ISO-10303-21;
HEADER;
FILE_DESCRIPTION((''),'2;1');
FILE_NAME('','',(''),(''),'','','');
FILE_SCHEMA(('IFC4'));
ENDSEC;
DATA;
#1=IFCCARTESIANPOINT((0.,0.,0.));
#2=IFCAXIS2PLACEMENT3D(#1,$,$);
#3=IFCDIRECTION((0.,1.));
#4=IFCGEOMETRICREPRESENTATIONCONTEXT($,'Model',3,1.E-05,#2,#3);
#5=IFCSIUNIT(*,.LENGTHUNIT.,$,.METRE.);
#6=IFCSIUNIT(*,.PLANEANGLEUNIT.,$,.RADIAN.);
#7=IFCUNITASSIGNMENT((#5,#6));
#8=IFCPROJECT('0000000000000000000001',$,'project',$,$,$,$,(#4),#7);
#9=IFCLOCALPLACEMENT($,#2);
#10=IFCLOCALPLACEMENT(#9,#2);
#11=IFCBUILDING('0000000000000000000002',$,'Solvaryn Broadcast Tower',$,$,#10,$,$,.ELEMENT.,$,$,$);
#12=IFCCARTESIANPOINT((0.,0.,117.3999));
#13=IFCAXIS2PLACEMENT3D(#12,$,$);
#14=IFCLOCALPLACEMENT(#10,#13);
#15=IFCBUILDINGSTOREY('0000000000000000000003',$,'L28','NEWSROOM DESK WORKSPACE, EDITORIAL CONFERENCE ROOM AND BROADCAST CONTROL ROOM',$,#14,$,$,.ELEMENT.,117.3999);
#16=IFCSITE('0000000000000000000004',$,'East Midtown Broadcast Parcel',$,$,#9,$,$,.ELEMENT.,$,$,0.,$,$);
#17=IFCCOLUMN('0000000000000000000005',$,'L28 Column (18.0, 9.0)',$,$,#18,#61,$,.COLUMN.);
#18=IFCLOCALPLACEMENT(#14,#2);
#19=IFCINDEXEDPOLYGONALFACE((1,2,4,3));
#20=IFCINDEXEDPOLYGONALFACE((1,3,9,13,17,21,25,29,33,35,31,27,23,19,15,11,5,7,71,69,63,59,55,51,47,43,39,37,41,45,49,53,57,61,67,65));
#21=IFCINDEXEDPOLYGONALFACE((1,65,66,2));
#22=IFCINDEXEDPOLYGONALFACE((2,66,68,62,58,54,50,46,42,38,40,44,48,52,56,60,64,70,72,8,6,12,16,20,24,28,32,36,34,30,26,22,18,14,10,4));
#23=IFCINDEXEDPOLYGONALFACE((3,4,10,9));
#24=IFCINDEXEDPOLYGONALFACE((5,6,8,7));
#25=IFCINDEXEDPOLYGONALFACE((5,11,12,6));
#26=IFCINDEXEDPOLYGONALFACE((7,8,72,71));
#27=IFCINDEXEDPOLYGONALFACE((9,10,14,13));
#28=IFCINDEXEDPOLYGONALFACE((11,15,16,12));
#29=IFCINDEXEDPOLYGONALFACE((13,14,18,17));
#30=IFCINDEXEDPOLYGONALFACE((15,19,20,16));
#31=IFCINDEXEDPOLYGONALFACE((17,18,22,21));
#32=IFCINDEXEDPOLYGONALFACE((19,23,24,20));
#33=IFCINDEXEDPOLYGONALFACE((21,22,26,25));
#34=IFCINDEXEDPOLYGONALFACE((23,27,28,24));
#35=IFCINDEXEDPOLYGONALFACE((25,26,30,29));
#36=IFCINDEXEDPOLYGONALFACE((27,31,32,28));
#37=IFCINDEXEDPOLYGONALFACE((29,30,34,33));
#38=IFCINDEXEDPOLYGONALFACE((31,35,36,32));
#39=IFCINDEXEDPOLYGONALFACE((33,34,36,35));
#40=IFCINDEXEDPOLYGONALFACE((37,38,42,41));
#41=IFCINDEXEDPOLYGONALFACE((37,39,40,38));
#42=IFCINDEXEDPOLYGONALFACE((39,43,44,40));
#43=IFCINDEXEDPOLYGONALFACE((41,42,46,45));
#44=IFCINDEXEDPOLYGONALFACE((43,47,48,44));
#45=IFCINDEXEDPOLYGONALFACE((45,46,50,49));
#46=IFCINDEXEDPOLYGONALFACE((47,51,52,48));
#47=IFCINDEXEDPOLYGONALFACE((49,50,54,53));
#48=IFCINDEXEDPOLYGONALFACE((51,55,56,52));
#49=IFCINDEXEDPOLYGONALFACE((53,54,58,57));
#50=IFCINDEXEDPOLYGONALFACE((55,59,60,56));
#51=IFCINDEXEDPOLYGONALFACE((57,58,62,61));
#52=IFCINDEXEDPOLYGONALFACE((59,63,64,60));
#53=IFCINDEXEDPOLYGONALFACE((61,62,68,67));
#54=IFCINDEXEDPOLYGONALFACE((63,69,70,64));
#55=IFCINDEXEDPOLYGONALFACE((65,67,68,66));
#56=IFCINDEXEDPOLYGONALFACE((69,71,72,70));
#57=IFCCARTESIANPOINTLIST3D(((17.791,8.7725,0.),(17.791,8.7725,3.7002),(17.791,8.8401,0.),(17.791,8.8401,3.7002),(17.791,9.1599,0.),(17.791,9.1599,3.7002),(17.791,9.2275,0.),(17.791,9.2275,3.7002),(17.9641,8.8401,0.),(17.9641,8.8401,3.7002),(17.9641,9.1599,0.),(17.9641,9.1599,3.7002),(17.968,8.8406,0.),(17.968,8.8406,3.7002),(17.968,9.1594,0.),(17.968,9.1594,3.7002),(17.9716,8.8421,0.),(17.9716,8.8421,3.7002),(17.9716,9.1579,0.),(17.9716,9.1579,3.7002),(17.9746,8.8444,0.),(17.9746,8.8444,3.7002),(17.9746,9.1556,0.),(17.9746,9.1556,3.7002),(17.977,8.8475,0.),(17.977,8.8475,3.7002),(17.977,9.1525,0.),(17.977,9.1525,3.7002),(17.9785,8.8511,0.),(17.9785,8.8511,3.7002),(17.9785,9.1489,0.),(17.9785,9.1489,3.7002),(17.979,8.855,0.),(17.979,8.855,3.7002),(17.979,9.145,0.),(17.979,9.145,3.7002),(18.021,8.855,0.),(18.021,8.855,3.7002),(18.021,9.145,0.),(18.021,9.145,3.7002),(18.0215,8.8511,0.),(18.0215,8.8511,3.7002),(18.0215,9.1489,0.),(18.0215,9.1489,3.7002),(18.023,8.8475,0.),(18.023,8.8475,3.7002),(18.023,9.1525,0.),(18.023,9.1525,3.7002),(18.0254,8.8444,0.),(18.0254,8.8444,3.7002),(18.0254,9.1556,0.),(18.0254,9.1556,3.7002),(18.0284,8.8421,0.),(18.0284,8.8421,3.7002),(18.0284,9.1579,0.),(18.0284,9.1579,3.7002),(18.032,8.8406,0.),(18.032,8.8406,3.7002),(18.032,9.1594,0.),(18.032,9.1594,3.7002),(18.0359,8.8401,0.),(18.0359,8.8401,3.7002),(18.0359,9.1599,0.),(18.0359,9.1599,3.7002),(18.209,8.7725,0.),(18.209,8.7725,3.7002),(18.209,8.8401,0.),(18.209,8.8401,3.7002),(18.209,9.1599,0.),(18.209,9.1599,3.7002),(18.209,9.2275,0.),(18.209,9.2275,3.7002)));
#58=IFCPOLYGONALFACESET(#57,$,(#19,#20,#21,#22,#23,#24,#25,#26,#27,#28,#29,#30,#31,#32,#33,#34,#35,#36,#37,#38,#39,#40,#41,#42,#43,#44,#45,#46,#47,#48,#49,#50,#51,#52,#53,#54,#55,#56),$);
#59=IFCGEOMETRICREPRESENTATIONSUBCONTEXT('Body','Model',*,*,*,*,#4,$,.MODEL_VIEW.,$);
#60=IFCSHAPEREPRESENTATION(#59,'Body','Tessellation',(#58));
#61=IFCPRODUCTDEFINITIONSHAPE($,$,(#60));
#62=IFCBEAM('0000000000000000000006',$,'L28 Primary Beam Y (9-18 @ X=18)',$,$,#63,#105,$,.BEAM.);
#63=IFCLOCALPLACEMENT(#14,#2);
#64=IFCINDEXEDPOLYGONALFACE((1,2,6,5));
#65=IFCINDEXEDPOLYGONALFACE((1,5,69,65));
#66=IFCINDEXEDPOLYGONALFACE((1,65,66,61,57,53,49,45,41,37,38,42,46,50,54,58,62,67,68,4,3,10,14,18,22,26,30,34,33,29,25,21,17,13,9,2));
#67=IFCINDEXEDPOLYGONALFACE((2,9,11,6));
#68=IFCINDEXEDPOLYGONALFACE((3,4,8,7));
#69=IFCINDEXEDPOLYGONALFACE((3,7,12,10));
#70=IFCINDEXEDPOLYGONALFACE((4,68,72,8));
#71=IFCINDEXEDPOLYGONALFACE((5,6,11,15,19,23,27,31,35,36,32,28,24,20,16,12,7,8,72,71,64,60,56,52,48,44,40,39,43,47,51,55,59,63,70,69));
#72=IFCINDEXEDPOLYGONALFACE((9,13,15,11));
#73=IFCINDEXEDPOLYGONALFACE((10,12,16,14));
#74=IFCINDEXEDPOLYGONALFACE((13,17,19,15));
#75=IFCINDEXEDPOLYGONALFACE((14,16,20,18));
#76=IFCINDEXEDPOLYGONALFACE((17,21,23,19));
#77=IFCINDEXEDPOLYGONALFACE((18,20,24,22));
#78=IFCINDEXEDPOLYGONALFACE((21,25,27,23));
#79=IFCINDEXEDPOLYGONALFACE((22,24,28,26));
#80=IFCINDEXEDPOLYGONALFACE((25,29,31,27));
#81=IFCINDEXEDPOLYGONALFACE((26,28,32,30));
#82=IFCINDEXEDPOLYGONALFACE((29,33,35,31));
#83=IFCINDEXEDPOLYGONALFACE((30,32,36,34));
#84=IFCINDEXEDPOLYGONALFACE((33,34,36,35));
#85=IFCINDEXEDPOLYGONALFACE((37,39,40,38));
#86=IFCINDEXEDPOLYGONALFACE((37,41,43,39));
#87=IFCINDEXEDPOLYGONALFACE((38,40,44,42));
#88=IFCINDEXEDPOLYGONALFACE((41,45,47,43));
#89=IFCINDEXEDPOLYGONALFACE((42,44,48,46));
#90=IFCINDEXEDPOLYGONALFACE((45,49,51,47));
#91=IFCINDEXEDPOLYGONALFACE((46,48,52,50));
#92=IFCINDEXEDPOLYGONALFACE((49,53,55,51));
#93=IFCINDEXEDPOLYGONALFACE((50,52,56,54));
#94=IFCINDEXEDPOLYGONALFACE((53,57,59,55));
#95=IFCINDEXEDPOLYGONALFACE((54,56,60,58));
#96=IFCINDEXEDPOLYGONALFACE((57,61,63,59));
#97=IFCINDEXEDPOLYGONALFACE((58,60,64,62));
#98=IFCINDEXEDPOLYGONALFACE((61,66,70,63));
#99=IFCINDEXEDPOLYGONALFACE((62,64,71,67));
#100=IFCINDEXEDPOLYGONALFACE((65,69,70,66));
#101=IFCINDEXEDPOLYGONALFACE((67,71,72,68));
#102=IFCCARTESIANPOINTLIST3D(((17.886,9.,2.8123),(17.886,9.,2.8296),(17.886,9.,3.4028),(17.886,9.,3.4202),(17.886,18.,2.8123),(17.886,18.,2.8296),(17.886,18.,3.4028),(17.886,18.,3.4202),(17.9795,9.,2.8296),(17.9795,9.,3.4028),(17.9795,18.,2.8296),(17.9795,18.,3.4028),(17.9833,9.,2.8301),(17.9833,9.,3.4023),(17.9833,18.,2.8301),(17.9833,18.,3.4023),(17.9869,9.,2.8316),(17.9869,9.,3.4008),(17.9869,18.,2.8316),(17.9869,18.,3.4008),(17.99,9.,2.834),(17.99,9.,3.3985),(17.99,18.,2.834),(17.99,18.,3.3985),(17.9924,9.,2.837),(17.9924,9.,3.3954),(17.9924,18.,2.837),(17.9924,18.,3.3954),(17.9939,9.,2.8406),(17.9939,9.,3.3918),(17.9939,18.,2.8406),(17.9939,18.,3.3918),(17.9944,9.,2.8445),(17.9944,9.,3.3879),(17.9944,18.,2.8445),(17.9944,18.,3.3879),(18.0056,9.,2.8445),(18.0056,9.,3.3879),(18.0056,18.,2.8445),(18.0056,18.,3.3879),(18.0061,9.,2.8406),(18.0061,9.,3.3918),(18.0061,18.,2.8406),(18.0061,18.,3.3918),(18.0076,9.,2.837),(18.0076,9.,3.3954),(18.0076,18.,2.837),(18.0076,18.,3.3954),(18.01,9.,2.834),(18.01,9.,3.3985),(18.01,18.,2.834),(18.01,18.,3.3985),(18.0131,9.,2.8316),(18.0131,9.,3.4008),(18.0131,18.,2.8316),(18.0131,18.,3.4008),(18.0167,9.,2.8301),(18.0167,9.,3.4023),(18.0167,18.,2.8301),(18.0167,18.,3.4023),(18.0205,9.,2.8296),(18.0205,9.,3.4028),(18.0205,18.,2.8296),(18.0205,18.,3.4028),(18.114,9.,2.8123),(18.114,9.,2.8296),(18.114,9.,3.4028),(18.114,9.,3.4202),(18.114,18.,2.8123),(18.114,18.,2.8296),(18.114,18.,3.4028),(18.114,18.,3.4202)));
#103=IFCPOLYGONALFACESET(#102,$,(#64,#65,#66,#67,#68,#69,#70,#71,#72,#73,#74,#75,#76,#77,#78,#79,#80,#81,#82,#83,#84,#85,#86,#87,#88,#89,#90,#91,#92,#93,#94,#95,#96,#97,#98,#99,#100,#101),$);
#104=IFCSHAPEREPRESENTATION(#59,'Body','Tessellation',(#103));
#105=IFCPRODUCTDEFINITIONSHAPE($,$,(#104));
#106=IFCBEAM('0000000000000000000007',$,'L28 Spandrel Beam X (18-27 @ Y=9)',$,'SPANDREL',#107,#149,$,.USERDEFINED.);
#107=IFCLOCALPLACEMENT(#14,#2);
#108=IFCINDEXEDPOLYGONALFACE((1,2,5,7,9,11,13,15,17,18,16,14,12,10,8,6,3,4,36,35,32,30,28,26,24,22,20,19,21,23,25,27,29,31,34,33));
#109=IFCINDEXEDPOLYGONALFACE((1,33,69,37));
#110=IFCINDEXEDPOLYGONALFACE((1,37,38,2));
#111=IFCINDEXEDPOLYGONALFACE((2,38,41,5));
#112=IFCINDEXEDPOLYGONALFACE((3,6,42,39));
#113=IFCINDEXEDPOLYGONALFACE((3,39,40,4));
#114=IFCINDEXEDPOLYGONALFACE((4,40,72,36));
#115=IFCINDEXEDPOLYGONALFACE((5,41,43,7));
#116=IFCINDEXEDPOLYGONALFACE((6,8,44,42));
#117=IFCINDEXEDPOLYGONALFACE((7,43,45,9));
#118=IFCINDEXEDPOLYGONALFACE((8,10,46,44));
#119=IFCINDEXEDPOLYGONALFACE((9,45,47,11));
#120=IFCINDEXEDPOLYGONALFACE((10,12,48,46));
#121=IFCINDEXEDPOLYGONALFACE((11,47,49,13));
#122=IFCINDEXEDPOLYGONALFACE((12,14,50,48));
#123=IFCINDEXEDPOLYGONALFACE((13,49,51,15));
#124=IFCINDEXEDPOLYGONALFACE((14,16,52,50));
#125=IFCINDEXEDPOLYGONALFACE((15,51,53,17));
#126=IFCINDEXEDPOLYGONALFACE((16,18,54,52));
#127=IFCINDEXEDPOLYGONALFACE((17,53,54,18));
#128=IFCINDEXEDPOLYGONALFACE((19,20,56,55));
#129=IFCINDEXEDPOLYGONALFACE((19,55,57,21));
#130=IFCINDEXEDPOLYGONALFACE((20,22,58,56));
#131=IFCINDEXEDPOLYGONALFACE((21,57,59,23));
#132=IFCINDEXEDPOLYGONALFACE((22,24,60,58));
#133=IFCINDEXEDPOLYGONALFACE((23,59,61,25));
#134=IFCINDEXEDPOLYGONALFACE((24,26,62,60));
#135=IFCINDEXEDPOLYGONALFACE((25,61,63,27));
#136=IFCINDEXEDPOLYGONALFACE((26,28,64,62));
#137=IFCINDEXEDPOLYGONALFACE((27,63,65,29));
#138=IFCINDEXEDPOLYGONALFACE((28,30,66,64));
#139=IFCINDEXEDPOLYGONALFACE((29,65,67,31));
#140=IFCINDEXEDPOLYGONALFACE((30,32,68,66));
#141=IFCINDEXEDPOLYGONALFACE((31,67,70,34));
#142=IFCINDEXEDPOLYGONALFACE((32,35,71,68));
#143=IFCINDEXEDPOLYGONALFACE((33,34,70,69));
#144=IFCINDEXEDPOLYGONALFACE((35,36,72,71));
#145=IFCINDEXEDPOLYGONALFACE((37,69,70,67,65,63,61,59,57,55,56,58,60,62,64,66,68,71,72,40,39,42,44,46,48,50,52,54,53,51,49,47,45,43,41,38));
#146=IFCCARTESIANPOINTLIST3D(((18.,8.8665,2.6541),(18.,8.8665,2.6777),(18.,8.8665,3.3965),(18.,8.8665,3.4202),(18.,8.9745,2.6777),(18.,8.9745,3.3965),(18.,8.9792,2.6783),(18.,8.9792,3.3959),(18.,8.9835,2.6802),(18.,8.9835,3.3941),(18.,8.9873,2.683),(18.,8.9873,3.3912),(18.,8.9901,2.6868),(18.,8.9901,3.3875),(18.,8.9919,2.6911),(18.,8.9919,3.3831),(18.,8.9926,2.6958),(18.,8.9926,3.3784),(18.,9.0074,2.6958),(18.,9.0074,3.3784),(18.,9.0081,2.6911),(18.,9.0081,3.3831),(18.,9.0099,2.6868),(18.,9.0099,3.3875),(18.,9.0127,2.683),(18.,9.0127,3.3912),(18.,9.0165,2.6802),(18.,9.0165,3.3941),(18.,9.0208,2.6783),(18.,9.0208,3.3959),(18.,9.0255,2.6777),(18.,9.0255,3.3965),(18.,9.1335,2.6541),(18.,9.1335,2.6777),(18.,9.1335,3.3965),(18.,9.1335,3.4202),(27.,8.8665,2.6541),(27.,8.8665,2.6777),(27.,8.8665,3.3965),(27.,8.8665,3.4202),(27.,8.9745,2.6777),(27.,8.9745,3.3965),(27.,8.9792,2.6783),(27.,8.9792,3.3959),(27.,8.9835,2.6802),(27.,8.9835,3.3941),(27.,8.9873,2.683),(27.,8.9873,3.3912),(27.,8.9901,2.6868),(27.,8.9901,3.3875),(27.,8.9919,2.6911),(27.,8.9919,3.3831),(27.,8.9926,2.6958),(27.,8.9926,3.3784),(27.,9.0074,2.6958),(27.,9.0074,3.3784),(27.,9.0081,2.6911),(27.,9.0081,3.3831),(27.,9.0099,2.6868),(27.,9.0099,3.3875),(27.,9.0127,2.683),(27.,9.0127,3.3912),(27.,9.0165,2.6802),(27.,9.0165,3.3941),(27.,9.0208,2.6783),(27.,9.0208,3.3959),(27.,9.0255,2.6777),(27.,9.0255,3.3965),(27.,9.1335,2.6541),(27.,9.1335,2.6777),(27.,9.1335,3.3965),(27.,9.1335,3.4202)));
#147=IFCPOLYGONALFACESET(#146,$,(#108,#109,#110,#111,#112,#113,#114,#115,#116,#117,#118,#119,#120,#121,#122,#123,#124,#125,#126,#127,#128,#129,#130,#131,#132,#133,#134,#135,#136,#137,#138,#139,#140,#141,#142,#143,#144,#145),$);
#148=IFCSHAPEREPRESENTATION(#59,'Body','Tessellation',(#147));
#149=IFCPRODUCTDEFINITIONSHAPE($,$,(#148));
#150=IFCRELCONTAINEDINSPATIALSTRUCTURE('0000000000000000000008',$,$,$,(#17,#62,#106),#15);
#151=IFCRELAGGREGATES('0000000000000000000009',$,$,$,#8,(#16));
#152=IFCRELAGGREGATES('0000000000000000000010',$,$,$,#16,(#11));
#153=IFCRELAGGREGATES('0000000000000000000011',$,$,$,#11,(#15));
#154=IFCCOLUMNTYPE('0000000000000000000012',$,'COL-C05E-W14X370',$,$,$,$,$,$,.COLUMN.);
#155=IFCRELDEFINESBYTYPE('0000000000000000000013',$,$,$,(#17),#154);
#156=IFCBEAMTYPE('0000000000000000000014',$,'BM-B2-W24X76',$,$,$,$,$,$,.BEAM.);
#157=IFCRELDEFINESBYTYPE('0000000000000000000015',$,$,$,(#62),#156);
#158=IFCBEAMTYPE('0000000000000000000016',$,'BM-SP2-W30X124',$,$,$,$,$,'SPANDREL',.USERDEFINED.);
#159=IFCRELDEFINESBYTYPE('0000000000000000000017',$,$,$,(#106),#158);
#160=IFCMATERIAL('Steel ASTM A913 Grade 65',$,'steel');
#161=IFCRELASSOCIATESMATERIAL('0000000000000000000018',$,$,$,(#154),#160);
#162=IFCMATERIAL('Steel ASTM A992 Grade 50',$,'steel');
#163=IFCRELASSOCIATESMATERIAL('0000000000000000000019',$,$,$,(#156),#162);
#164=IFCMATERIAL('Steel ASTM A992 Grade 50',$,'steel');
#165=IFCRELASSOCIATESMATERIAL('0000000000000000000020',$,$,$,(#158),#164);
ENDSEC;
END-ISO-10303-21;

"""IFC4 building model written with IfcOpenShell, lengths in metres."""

from ifc_helpers import new_model, si_unit, direction, frame, origin, origin_2d, place, context, subcontext, project, spatial, i_section, extrude, material, material_profile, profile_set, type_object, element, save


model = new_model("IFC4")

# Units and contexts
model_context = context("Model", 3, precision=1e-05, world=origin(), true_north=direction((0.0, 1.0)))
body_context = subcontext(model_context, "Body", "Model", "MODEL_VIEW")
ifc_project = project(units=[si_unit("LENGTHUNIT", "METRE"), si_unit("PLANEANGLEUNIT", "RADIAN")], contexts=[model_context])

# Site, building, storey
site_placement = place(None, origin())
site = spatial("IfcSite", under=ifc_project, at=site_placement, Name="East Midtown Broadcast Parcel", CompositionType="ELEMENT", RefElevation=0.0)
building_placement = place(site_placement, origin())
building = spatial("IfcBuilding", under=site, at=building_placement, Name="Solvaryn Broadcast Tower", CompositionType="ELEMENT")
storey_placement = place(building_placement, frame((0.0, 0.0, 117.3999)))
storey = spatial("IfcBuildingStorey", under=building, at=storey_placement, Name="L28", Description="NEWSROOM DESK WORKSPACE, EDITORIAL CONFERENCE ROOM AND BROADCAST CONTROL ROOM", CompositionType="ELEMENT", Elevation=117.3999)

# Column
ifc_material_1 = material(Name="Steel ASTM A913 Grade 65", Category="steel")
ifc_material_profile_1 = material_profile(ifc_material_1, i_section(OverallWidth=0.418, OverallDepth=0.4551, WebThickness=0.042, FlangeThickness=0.0676, FilletRadius=0.0149, at=origin_2d()))
ifc_profile_set_1 = profile_set([ifc_material_profile_1], Name="Steel ASTM A913 Grade 65")
column_type = type_object("IfcColumnType", Name="COL-C05E-W14X370", PredefinedType="COLUMN", material=ifc_profile_set_1)
column_placement = place(storey_placement, frame((18.0, 9.0, 0.0), z_axis=(0.0, 0.0, 1.0), x_axis=(1.0, 0.0, 0.0)))
element("IfcColumn", 1, at=column_placement, inside=storey, type_object=column_type, Name="L28 Column (18.0, 9.0)", PredefinedType="COLUMN", context=body_context, shape_type="SweptSolid", body=[
    extrude(i_section(OverallWidth=0.418, OverallDepth=0.4551, WebThickness=0.042, FlangeThickness=0.0676, FilletRadius=0.0149, at=origin_2d()), origin(), (0.0, 0.0, 1.0), 3.7002),
])

# Beams
ifc_material_2 = material(Name="Steel ASTM A992 Grade 50", Category="steel")
ifc_material_profile_2 = material_profile(ifc_material_2, i_section(OverallWidth=0.228, OverallDepth=0.6079, WebThickness=0.0112, FlangeThickness=0.0173, FilletRadius=0.0149, at=origin_2d()))
ifc_profile_set_2 = profile_set([ifc_material_profile_2], Name="Steel ASTM A992 Grade 50")
beam_type_1 = type_object("IfcBeamType", Name="BM-B2-W24X76", PredefinedType="BEAM", material=ifc_profile_set_2)
beam_1_placement = place(storey_placement, frame((18.0, 9.0, 3.1162), z_axis=(0.0, 1.0, 0.0), x_axis=(-1.0, 0.0, 0.0)))
element("IfcBeam", 2, at=beam_1_placement, inside=storey, type_object=beam_type_1, Name="L28 Primary Beam Y (9-18 @ X=18)", PredefinedType="BEAM", context=body_context, shape_type="SweptSolid", body=[
    extrude(i_section(OverallWidth=0.228, OverallDepth=0.6079, WebThickness=0.0112, FlangeThickness=0.0173, FilletRadius=0.0149, at=origin_2d()), origin(), (0.0, 0.0, 1.0), 9.0),
])
ifc_material_3 = material(Name="Steel ASTM A992 Grade 50", Category="steel")
ifc_material_profile_3 = material_profile(ifc_material_3, i_section(OverallWidth=0.2671, OverallDepth=0.7661, WebThickness=0.0149, FlangeThickness=0.0237, FilletRadius=0.0181, at=origin_2d()))
ifc_profile_set_3 = profile_set([ifc_material_profile_3], Name="Steel ASTM A992 Grade 50")
beam_type_2 = type_object("IfcBeamType", Name="BM-SP2-W30X124", ElementType="SPANDREL", PredefinedType="USERDEFINED", material=ifc_profile_set_3)
beam_2_placement = place(storey_placement, frame((18.0, 9.0, 3.0371), z_axis=(1.0, 0.0, 0.0), x_axis=(0.0, 1.0, 0.0)))
element("IfcBeam", 3, at=beam_2_placement, inside=storey, type_object=beam_type_2, Name="L28 Spandrel Beam X (18-27 @ Y=9)", ObjectType="SPANDREL", PredefinedType="USERDEFINED", context=body_context, shape_type="SweptSolid", body=[
    extrude(i_section(OverallWidth=0.2671, OverallDepth=0.7661, WebThickness=0.0149, FlangeThickness=0.0237, FilletRadius=0.0181, at=origin_2d()), origin(), (0.0, 0.0, 1.0), 9.0),
])

save(model, "model.ifc")
